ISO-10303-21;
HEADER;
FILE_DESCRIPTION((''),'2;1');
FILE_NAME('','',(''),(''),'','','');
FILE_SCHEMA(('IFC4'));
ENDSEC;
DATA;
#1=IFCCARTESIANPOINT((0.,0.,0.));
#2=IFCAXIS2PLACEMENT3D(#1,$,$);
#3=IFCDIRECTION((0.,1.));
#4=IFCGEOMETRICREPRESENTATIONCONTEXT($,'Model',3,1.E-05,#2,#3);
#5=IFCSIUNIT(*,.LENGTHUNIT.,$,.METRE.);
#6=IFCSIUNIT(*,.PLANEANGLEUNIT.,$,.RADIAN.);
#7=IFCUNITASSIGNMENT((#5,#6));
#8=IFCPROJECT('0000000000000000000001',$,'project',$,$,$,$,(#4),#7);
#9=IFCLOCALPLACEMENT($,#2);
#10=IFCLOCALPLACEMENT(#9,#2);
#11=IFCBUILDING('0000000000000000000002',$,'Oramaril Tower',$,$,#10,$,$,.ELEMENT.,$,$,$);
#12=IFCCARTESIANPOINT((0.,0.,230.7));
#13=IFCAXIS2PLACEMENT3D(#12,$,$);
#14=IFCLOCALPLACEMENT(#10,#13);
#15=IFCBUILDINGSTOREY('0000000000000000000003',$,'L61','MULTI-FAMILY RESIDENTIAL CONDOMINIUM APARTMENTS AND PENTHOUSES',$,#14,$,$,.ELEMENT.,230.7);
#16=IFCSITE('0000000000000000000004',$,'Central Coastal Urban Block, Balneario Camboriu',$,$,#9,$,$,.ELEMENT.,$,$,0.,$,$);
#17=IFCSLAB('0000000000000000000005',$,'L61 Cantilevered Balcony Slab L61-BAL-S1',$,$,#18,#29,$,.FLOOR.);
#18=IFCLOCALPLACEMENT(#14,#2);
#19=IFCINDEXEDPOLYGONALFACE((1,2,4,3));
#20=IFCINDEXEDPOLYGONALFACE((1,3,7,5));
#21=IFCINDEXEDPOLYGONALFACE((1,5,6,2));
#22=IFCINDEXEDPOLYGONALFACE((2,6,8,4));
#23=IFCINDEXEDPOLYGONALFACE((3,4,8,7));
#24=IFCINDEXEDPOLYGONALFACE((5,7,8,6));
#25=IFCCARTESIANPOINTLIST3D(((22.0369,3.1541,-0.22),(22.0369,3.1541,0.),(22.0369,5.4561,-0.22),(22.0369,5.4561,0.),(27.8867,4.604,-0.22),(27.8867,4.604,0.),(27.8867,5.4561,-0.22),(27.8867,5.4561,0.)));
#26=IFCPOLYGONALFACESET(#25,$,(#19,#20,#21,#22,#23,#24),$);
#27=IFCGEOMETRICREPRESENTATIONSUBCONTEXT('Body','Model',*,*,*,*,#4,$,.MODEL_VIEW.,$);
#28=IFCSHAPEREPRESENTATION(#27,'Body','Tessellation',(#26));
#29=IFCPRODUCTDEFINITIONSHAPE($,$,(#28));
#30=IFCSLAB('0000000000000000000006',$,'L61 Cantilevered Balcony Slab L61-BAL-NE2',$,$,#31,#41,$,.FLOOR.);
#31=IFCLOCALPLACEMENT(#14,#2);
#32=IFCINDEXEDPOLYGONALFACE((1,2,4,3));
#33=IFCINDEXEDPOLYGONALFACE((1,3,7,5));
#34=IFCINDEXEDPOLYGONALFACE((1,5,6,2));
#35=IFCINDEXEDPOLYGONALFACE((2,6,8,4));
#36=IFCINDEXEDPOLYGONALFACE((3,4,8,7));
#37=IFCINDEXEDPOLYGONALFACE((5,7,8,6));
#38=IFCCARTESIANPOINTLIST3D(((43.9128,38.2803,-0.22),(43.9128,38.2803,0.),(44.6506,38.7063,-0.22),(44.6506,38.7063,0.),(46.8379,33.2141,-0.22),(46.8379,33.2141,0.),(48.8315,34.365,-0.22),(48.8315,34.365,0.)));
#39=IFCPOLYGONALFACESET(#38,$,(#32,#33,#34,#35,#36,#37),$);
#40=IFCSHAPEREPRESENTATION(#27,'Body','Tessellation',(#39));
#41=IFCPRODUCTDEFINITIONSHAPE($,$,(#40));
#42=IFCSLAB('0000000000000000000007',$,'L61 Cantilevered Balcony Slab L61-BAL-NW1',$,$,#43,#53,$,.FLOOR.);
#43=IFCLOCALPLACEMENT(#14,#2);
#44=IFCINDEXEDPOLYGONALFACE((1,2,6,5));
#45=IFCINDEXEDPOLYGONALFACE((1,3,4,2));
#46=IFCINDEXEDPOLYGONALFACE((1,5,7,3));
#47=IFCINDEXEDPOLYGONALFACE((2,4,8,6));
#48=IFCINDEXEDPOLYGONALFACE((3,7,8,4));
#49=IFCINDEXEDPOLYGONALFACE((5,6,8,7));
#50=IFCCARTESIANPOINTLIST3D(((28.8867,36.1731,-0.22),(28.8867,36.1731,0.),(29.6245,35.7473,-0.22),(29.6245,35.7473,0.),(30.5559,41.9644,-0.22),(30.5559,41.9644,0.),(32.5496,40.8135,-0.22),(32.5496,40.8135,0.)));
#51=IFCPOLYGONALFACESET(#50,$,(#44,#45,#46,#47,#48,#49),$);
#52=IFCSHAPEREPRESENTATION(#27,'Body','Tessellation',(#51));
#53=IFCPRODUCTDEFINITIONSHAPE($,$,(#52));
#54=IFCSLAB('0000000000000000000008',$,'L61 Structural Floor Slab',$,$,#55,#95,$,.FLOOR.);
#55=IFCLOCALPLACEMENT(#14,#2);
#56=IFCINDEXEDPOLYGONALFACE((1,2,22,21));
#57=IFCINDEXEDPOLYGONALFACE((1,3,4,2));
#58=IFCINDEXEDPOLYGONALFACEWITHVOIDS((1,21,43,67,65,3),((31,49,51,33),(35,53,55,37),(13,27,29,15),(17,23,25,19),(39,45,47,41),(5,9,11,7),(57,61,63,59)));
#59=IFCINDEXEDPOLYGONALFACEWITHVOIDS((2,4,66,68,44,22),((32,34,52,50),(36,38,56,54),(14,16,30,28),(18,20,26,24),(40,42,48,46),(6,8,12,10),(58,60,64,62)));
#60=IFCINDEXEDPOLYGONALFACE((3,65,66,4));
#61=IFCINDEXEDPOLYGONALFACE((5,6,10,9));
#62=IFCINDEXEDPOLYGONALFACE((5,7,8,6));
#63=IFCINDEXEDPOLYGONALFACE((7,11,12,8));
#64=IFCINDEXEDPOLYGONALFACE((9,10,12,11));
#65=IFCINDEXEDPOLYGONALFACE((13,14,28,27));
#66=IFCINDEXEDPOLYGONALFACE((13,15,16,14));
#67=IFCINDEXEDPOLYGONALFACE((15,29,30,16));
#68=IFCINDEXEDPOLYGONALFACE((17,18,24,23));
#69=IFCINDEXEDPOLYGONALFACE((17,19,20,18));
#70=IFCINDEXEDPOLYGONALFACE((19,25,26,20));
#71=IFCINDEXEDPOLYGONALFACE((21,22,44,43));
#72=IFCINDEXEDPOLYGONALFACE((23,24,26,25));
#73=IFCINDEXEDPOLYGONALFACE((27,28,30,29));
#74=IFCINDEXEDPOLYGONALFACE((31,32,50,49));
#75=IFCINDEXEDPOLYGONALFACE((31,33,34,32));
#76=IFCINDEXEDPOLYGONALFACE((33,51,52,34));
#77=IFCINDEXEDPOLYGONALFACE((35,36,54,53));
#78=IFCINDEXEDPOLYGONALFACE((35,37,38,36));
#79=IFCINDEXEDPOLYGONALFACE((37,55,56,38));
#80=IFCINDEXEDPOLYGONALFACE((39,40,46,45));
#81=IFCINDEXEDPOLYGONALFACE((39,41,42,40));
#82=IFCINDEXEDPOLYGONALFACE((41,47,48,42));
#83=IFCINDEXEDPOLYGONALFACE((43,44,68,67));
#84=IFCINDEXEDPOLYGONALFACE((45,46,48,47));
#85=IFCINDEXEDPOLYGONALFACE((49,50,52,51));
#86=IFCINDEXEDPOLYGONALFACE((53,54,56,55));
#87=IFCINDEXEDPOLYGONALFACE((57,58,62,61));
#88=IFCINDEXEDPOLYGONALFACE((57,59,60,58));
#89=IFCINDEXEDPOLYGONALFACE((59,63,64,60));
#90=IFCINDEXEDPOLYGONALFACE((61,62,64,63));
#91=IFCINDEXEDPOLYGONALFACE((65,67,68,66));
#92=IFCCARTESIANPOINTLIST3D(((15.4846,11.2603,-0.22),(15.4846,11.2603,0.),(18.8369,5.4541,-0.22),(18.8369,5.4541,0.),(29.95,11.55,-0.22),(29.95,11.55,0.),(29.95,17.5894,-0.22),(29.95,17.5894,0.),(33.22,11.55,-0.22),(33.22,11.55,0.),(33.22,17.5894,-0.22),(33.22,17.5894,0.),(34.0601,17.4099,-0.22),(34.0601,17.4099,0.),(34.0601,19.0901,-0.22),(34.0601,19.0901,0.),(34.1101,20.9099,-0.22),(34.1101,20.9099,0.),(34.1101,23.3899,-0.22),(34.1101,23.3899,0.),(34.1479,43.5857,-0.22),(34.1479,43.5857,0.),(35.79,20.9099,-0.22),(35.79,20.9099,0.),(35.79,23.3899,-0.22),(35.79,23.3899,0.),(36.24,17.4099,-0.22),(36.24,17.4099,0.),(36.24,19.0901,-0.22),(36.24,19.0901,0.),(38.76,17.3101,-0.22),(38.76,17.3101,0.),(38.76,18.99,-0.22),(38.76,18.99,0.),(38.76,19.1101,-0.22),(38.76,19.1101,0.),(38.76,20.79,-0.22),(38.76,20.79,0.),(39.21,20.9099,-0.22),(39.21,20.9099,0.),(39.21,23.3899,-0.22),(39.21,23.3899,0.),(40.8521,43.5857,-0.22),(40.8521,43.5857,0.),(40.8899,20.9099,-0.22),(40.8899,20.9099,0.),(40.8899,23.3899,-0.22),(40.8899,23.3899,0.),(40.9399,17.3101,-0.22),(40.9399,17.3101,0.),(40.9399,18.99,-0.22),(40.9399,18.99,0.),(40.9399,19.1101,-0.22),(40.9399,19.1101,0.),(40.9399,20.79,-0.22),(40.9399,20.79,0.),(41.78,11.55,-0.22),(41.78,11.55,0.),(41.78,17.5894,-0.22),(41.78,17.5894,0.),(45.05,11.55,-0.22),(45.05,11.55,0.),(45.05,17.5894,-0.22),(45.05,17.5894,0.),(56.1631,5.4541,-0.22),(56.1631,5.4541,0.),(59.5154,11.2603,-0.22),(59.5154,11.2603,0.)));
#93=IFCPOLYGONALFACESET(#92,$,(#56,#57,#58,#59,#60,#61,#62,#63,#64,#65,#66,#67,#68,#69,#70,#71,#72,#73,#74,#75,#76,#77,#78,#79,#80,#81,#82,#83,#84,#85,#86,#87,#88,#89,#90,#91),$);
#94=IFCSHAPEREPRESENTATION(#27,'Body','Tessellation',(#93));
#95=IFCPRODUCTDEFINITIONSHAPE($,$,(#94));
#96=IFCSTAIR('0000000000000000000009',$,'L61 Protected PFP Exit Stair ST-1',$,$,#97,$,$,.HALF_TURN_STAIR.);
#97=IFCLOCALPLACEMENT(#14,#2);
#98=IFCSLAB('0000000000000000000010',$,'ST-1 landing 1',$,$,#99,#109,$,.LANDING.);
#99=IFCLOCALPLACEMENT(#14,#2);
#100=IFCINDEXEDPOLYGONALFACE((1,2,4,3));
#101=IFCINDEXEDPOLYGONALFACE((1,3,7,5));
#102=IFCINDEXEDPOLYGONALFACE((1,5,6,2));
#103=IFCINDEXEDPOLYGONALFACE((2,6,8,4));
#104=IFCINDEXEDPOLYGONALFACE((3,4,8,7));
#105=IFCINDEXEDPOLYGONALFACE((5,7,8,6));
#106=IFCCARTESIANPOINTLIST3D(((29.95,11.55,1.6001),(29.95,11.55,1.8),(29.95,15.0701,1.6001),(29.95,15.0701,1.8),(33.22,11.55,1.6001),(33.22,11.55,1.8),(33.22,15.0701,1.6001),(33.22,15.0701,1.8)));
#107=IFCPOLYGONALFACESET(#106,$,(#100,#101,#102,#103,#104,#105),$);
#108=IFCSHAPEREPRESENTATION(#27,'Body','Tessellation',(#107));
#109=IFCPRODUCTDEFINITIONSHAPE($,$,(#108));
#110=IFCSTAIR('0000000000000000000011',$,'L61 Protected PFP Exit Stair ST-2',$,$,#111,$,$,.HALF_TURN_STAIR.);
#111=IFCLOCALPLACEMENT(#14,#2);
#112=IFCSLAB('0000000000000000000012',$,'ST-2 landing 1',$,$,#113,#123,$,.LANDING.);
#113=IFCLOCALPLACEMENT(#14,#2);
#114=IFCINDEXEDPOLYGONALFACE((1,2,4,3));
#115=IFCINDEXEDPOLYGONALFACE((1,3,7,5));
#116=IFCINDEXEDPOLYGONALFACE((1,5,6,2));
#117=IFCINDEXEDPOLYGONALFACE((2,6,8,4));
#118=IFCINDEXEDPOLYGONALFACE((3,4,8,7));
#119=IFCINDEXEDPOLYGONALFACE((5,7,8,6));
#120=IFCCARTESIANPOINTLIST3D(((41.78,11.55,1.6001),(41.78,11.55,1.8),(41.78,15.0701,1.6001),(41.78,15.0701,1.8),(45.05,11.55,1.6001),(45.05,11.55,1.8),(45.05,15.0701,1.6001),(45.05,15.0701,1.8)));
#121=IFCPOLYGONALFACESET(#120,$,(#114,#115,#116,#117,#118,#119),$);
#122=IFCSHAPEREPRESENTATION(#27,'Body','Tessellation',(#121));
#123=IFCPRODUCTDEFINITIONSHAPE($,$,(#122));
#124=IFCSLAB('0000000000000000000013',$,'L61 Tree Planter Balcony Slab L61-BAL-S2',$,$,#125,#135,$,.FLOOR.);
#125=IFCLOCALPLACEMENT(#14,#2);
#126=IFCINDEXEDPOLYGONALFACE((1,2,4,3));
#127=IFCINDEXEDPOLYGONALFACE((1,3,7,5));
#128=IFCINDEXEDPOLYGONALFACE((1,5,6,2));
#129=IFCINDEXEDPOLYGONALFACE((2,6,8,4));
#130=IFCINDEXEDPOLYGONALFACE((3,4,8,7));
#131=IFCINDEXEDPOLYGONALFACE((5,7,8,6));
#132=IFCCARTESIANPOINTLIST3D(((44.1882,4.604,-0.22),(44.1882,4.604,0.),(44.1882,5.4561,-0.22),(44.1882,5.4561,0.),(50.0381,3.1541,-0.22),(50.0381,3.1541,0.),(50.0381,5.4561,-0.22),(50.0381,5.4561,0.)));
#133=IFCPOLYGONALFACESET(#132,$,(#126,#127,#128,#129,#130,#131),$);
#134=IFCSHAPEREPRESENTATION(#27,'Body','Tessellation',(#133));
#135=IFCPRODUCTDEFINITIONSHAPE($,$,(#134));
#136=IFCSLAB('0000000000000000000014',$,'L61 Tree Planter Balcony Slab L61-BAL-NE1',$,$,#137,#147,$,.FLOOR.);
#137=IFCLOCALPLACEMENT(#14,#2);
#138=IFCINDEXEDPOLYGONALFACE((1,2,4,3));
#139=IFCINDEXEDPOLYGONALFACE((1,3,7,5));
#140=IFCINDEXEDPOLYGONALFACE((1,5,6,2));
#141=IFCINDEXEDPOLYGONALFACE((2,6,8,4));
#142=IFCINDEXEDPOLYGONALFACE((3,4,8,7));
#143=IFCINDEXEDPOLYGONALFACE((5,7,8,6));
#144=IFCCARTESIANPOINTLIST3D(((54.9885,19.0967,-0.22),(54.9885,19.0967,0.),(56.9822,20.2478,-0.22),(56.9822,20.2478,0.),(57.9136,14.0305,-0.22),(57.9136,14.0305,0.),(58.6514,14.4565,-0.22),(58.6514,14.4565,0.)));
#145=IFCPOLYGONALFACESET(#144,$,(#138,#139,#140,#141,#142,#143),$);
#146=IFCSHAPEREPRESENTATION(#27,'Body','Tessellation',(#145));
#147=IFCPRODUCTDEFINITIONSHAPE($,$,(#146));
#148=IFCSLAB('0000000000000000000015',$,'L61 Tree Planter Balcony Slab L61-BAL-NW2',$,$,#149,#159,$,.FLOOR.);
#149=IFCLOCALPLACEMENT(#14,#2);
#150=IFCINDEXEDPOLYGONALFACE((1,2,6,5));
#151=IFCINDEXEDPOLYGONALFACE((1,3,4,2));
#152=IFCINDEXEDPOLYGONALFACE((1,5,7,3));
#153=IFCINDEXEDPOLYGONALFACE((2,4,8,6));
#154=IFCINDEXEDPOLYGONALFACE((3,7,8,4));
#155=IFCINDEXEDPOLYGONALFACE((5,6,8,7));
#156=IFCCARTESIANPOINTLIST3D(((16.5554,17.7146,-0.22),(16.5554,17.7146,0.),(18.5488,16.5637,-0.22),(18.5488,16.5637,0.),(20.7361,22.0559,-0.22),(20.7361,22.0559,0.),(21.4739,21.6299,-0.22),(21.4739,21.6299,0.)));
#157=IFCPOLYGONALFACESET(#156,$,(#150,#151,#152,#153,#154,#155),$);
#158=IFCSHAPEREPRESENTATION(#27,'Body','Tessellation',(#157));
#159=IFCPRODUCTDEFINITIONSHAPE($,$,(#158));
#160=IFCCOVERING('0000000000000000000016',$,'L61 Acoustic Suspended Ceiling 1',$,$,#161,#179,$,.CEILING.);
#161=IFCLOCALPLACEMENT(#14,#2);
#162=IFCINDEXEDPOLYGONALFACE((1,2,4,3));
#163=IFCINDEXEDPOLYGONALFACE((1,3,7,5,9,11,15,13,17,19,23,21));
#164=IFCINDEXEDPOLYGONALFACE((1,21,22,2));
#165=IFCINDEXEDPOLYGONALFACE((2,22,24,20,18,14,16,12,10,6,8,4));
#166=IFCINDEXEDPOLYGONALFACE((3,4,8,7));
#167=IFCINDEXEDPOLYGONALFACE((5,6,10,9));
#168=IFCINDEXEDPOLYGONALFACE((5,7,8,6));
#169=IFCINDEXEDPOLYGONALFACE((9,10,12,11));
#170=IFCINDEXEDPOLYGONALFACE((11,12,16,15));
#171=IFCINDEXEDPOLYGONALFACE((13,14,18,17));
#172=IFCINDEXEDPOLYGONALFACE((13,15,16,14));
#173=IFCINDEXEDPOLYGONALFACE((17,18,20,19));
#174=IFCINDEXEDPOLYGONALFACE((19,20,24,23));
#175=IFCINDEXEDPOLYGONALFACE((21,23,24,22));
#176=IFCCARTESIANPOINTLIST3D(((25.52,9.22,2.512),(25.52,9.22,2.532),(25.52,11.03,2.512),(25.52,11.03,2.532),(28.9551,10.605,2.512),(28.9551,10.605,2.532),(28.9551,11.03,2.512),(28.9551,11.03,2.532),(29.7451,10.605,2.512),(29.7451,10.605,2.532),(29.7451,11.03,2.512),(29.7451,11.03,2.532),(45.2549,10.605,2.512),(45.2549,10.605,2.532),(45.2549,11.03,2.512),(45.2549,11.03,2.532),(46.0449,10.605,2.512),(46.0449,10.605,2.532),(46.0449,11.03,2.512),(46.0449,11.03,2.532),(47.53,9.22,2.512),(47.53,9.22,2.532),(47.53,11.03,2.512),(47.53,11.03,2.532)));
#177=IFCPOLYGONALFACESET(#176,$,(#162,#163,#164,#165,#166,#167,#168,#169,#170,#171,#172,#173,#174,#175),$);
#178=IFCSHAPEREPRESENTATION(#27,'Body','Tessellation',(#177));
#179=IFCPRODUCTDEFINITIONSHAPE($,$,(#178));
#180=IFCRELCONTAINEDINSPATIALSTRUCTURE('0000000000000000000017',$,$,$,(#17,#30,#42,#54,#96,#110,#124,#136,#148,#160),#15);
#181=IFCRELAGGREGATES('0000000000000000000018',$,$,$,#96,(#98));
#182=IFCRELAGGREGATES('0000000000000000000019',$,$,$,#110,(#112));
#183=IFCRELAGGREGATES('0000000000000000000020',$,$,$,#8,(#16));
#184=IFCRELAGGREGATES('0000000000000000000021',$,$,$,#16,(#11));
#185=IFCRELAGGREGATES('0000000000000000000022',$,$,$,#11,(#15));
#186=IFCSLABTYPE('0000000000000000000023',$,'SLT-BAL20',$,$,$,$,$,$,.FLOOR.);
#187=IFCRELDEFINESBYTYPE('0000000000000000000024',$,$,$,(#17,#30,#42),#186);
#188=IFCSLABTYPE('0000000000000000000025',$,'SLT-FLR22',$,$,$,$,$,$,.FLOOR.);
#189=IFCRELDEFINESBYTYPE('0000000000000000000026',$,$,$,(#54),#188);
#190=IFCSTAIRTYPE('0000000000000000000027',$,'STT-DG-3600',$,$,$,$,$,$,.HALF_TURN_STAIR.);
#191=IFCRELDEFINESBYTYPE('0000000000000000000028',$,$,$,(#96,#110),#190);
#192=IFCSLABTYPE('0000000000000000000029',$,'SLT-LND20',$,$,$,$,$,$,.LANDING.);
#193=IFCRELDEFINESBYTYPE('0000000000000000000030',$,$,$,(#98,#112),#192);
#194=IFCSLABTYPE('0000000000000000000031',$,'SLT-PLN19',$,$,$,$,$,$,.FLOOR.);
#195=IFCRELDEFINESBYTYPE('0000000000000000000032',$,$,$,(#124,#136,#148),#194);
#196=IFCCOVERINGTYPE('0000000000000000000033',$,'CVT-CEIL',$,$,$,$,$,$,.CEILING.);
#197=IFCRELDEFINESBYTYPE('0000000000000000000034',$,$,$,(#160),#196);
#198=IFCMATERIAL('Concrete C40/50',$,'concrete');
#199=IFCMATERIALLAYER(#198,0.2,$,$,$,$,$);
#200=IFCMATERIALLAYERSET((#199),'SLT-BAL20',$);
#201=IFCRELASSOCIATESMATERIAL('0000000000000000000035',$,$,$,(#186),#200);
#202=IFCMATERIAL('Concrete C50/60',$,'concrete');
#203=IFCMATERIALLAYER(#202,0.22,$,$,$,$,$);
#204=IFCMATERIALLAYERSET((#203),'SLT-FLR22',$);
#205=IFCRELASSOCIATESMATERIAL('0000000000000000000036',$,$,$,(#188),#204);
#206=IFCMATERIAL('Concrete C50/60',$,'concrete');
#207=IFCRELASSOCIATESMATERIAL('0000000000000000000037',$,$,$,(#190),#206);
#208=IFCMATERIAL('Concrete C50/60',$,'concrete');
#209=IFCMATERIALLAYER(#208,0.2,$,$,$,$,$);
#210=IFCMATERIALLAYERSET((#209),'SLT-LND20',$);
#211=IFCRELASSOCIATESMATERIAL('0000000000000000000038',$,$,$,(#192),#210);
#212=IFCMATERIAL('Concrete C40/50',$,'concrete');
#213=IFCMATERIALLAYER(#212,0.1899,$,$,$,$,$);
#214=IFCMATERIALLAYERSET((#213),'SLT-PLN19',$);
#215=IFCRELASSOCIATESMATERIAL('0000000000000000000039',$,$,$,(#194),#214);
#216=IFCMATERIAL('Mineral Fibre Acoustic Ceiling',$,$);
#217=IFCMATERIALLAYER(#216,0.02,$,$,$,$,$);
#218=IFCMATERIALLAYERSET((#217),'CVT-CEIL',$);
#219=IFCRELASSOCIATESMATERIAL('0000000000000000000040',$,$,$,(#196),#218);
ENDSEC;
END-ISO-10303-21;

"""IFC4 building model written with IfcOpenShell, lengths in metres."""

from ifc_helpers import new_model, si_unit, direction, frame, origin, place, context, subcontext, project, spatial, polyline, outline, extrude, material, layer, layer_set, type_object, element, aggregate, save


model = new_model("IFC4")

# Units and contexts
model_context = context("Model", 3, precision=1e-05, world=origin(), true_north=direction((0.0, 1.0)))
body_context = subcontext(model_context, "Body", "Model", "MODEL_VIEW")
ifc_project = project(units=[si_unit("LENGTHUNIT", "METRE"), si_unit("PLANEANGLEUNIT", "RADIAN")], contexts=[model_context])

# Site, building, storey
site_placement = place(None, origin())
site = spatial("IfcSite", under=ifc_project, at=site_placement, Name="Central Coastal Urban Block, Balneario Camboriu", CompositionType="ELEMENT", RefElevation=0.0)
building_placement = place(site_placement, origin())
building = spatial("IfcBuilding", under=site, at=building_placement, Name="Oramaril Tower", CompositionType="ELEMENT")
storey_placement = place(building_placement, frame((0.0, 0.0, 230.7)))
storey = spatial("IfcBuildingStorey", under=building, at=storey_placement, Name="L61", Description="MULTI-FAMILY RESIDENTIAL CONDOMINIUM APARTMENTS AND PENTHOUSES", CompositionType="ELEMENT", Elevation=230.7)

# Slabs
ifc_material_1 = material(Name="Concrete C40/50", Category="concrete")
ifc_layer_1 = layer(ifc_material_1, 0.2)
ifc_layer_set_1 = layer_set([ifc_layer_1], Name="SLT-BAL20")
slab_type_1 = type_object("IfcSlabType", Name="SLT-BAL20", PredefinedType="FLOOR", material=ifc_layer_set_1)
slab_1_placement = place(storey_placement, frame((0.0, 0.0, -0.22)))
element("IfcSlab", 1, at=slab_1_placement, inside=storey, type_object=slab_type_1, Name="L61 Cantilevered Balcony Slab L61-BAL-S1", PredefinedType="FLOOR", context=body_context, shape_type="SweptSolid", body=[
    extrude(outline(polyline([(22.0369, 5.4561), (27.8867, 5.4561), (27.8867, 4.604), (22.0369, 3.1541), (22.0369, 5.4561)])), origin(), (0.0, 0.0, 1.0), 0.22),
])
slab_2_placement = place(storey_placement, frame((0.0, 0.0, -0.22)))
element("IfcSlab", 2, at=slab_2_placement, inside=storey, type_object=slab_type_1, Name="L61 Cantilevered Balcony Slab L61-BAL-NE2", PredefinedType="FLOOR", context=body_context, shape_type="SweptSolid", body=[
    extrude(outline(polyline([(46.8379, 33.2141), (43.9128, 38.2803), (44.6506, 38.7063), (48.8315, 34.365), (46.8379, 33.2141)])), origin(), (0.0, 0.0, 1.0), 0.22),
])
slab_3_placement = place(storey_placement, frame((0.0, 0.0, -0.22)))
element("IfcSlab", 3, at=slab_3_placement, inside=storey, type_object=slab_type_1, Name="L61 Cantilevered Balcony Slab L61-BAL-NW1", PredefinedType="FLOOR", context=body_context, shape_type="SweptSolid", body=[
    extrude(outline(polyline([(32.5496, 40.8135), (29.6245, 35.7473), (28.8867, 36.1731), (30.5559, 41.9644), (32.5496, 40.8135)])), origin(), (0.0, 0.0, 1.0), 0.22),
])
ifc_material_2 = material(Name="Concrete C50/60", Category="concrete")
ifc_layer_2 = layer(ifc_material_2, 0.22)
ifc_layer_set_2 = layer_set([ifc_layer_2], Name="SLT-FLR22")
slab_type_2 = type_object("IfcSlabType", Name="SLT-FLR22", PredefinedType="FLOOR", material=ifc_layer_set_2)
slab_4_placement = place(storey_placement, frame((0.0, 0.0, -0.22)))
element("IfcSlab", 4, at=slab_4_placement, inside=storey, type_object=slab_type_2, Name="L61 Structural Floor Slab", PredefinedType="FLOOR", context=body_context, shape_type="SweptSolid", body=[
    extrude(outline(polyline([(15.4846, 11.2603), (18.8369, 5.4541), (56.1631, 5.4541), (59.5154, 11.2603), (40.8521, 43.5857), (34.1479, 43.5857), (15.4846, 11.2603)]), holes=[polyline([(29.95, 17.5894), (29.95, 11.55), (33.22, 11.55), (33.22, 17.5894), (29.95, 17.5894)]), polyline([(41.78, 17.5894), (41.78, 11.55), (45.05, 11.55), (45.05, 17.5894), (41.78, 17.5894)]), polyline([(34.1101, 20.9099), (35.79, 20.9099), (35.79, 23.3899), (34.1101, 23.3899), (34.1101, 20.9099)]), polyline([(39.21, 20.9099), (40.8899, 20.9099), (40.8899, 23.3899), (39.21, 23.3899), (39.21, 20.9099)]), polyline([(34.0601, 17.4099), (36.24, 17.4099), (36.24, 19.0901), (34.0601, 19.0901), (34.0601, 17.4099)]), polyline([(38.76, 17.3101), (40.9399, 17.3101), (40.9399, 18.99), (38.76, 18.99), (38.76, 17.3101)]), polyline([(38.76, 19.1101), (40.9399, 19.1101), (40.9399, 20.79), (38.76, 20.79), (38.76, 19.1101)])]), origin(), (0.0, 0.0, 1.0), 0.22),
])

# Stairs, slabs
ifc_material_3 = material(Name="Concrete C50/60", Category="concrete")
stair_type = type_object("IfcStairType", Name="STT-DG-3600", PredefinedType="HALF_TURN_STAIR", material=ifc_material_3)
stair_1_placement = place(storey_placement, origin())
stair_1 = element("IfcStair", 5, at=stair_1_placement, inside=storey, type_object=stair_type, Name="L61 Protected PFP Exit Stair ST-1", PredefinedType="HALF_TURN_STAIR")
ifc_material_4 = material(Name="Concrete C50/60", Category="concrete")
ifc_layer_3 = layer(ifc_material_4, 0.2)
ifc_layer_set_3 = layer_set([ifc_layer_3], Name="SLT-LND20")
slab_type_3 = type_object("IfcSlabType", Name="SLT-LND20", PredefinedType="LANDING", material=ifc_layer_set_3)
slab_5_placement = place(storey_placement, frame((0.0, 0.0, 1.6001)))
slab_5 = element("IfcSlab", 6, at=slab_5_placement, type_object=slab_type_3, Name="ST-1 landing 1", PredefinedType="LANDING", context=body_context, shape_type="SweptSolid", body=[
    extrude(outline(polyline([(29.95, 15.0701), (29.95, 11.55), (33.22, 11.55), (33.22, 15.0701), (29.95, 15.0701)])), origin(), (0.0, 0.0, 1.0), 0.2),
])
aggregate(stair_1, [slab_5])
stair_2_placement = place(storey_placement, origin())
stair_2 = element("IfcStair", 7, at=stair_2_placement, inside=storey, type_object=stair_type, Name="L61 Protected PFP Exit Stair ST-2", PredefinedType="HALF_TURN_STAIR")
slab_6_placement = place(storey_placement, frame((0.0, 0.0, 1.6001)))
slab_6 = element("IfcSlab", 8, at=slab_6_placement, type_object=slab_type_3, Name="ST-2 landing 1", PredefinedType="LANDING", context=body_context, shape_type="SweptSolid", body=[
    extrude(outline(polyline([(41.78, 15.0701), (41.78, 11.55), (45.05, 11.55), (45.05, 15.0701), (41.78, 15.0701)])), origin(), (0.0, 0.0, 1.0), 0.2),
])
aggregate(stair_2, [slab_6])

# Slabs
ifc_material_5 = material(Name="Concrete C40/50", Category="concrete")
ifc_layer_4 = layer(ifc_material_5, 0.1899)
ifc_layer_set_4 = layer_set([ifc_layer_4], Name="SLT-PLN19")
slab_type_4 = type_object("IfcSlabType", Name="SLT-PLN19", PredefinedType="FLOOR", material=ifc_layer_set_4)
slab_7_placement = place(storey_placement, frame((0.0, 0.0, -0.22)))
element("IfcSlab", 9, at=slab_7_placement, inside=storey, type_object=slab_type_4, Name="L61 Tree Planter Balcony Slab L61-BAL-S2", PredefinedType="FLOOR", context=body_context, shape_type="SweptSolid", body=[
    extrude(outline(polyline([(44.1882, 5.4561), (50.0381, 5.4561), (50.0381, 3.1541), (44.1882, 4.604), (44.1882, 5.4561)])), origin(), (0.0, 0.0, 1.0), 0.22),
])
slab_8_placement = place(storey_placement, frame((0.0, 0.0, -0.22)))
element("IfcSlab", 10, at=slab_8_placement, inside=storey, type_object=slab_type_4, Name="L61 Tree Planter Balcony Slab L61-BAL-NE1", PredefinedType="FLOOR", context=body_context, shape_type="SweptSolid", body=[
    extrude(outline(polyline([(57.9136, 14.0305), (54.9885, 19.0967), (56.9822, 20.2478), (58.6514, 14.4565), (57.9136, 14.0305)])), origin(), (0.0, 0.0, 1.0), 0.22),
])
slab_9_placement = place(storey_placement, frame((0.0, 0.0, -0.22)))
element("IfcSlab", 11, at=slab_9_placement, inside=storey, type_object=slab_type_4, Name="L61 Tree Planter Balcony Slab L61-BAL-NW2", PredefinedType="FLOOR", context=body_context, shape_type="SweptSolid", body=[
    extrude(outline(polyline([(21.4739, 21.6299), (18.5488, 16.5637), (16.5554, 17.7146), (20.7361, 22.0559), (21.4739, 21.6299)])), origin(), (0.0, 0.0, 1.0), 0.22),
])

# Covering
ifc_material_6 = material(Name="Mineral Fibre Acoustic Ceiling")
ifc_layer_5 = layer(ifc_material_6, 0.02)
ifc_layer_set_5 = layer_set([ifc_layer_5], Name="CVT-CEIL")
covering_type_1 = type_object("IfcCoveringType", Name="CVT-CEIL", PredefinedType="CEILING", material=ifc_layer_set_5)
covering_1_placement = place(storey_placement, frame((0.0, 0.0, 2.512)))
element("IfcCovering", 12, at=covering_1_placement, inside=storey, type_object=covering_type_1, Name="L61 Acoustic Suspended Ceiling 1", PredefinedType="CEILING", context=body_context, shape_type="SweptSolid", body=[
    extrude(outline(polyline([(28.9551, 10.605), (29.7451, 10.605), (29.7451, 11.03), (45.2549, 11.03), (45.2549, 10.605), (46.0449, 10.605), (46.0449, 11.03), (47.53, 11.03), (47.53, 9.22), (25.52, 9.22), (25.52, 11.03), (28.9551, 11.03), (28.9551, 10.605)])), origin(), (0.0, 0.0, 1.0), 0.02),
])

save(model, "model.ifc")
